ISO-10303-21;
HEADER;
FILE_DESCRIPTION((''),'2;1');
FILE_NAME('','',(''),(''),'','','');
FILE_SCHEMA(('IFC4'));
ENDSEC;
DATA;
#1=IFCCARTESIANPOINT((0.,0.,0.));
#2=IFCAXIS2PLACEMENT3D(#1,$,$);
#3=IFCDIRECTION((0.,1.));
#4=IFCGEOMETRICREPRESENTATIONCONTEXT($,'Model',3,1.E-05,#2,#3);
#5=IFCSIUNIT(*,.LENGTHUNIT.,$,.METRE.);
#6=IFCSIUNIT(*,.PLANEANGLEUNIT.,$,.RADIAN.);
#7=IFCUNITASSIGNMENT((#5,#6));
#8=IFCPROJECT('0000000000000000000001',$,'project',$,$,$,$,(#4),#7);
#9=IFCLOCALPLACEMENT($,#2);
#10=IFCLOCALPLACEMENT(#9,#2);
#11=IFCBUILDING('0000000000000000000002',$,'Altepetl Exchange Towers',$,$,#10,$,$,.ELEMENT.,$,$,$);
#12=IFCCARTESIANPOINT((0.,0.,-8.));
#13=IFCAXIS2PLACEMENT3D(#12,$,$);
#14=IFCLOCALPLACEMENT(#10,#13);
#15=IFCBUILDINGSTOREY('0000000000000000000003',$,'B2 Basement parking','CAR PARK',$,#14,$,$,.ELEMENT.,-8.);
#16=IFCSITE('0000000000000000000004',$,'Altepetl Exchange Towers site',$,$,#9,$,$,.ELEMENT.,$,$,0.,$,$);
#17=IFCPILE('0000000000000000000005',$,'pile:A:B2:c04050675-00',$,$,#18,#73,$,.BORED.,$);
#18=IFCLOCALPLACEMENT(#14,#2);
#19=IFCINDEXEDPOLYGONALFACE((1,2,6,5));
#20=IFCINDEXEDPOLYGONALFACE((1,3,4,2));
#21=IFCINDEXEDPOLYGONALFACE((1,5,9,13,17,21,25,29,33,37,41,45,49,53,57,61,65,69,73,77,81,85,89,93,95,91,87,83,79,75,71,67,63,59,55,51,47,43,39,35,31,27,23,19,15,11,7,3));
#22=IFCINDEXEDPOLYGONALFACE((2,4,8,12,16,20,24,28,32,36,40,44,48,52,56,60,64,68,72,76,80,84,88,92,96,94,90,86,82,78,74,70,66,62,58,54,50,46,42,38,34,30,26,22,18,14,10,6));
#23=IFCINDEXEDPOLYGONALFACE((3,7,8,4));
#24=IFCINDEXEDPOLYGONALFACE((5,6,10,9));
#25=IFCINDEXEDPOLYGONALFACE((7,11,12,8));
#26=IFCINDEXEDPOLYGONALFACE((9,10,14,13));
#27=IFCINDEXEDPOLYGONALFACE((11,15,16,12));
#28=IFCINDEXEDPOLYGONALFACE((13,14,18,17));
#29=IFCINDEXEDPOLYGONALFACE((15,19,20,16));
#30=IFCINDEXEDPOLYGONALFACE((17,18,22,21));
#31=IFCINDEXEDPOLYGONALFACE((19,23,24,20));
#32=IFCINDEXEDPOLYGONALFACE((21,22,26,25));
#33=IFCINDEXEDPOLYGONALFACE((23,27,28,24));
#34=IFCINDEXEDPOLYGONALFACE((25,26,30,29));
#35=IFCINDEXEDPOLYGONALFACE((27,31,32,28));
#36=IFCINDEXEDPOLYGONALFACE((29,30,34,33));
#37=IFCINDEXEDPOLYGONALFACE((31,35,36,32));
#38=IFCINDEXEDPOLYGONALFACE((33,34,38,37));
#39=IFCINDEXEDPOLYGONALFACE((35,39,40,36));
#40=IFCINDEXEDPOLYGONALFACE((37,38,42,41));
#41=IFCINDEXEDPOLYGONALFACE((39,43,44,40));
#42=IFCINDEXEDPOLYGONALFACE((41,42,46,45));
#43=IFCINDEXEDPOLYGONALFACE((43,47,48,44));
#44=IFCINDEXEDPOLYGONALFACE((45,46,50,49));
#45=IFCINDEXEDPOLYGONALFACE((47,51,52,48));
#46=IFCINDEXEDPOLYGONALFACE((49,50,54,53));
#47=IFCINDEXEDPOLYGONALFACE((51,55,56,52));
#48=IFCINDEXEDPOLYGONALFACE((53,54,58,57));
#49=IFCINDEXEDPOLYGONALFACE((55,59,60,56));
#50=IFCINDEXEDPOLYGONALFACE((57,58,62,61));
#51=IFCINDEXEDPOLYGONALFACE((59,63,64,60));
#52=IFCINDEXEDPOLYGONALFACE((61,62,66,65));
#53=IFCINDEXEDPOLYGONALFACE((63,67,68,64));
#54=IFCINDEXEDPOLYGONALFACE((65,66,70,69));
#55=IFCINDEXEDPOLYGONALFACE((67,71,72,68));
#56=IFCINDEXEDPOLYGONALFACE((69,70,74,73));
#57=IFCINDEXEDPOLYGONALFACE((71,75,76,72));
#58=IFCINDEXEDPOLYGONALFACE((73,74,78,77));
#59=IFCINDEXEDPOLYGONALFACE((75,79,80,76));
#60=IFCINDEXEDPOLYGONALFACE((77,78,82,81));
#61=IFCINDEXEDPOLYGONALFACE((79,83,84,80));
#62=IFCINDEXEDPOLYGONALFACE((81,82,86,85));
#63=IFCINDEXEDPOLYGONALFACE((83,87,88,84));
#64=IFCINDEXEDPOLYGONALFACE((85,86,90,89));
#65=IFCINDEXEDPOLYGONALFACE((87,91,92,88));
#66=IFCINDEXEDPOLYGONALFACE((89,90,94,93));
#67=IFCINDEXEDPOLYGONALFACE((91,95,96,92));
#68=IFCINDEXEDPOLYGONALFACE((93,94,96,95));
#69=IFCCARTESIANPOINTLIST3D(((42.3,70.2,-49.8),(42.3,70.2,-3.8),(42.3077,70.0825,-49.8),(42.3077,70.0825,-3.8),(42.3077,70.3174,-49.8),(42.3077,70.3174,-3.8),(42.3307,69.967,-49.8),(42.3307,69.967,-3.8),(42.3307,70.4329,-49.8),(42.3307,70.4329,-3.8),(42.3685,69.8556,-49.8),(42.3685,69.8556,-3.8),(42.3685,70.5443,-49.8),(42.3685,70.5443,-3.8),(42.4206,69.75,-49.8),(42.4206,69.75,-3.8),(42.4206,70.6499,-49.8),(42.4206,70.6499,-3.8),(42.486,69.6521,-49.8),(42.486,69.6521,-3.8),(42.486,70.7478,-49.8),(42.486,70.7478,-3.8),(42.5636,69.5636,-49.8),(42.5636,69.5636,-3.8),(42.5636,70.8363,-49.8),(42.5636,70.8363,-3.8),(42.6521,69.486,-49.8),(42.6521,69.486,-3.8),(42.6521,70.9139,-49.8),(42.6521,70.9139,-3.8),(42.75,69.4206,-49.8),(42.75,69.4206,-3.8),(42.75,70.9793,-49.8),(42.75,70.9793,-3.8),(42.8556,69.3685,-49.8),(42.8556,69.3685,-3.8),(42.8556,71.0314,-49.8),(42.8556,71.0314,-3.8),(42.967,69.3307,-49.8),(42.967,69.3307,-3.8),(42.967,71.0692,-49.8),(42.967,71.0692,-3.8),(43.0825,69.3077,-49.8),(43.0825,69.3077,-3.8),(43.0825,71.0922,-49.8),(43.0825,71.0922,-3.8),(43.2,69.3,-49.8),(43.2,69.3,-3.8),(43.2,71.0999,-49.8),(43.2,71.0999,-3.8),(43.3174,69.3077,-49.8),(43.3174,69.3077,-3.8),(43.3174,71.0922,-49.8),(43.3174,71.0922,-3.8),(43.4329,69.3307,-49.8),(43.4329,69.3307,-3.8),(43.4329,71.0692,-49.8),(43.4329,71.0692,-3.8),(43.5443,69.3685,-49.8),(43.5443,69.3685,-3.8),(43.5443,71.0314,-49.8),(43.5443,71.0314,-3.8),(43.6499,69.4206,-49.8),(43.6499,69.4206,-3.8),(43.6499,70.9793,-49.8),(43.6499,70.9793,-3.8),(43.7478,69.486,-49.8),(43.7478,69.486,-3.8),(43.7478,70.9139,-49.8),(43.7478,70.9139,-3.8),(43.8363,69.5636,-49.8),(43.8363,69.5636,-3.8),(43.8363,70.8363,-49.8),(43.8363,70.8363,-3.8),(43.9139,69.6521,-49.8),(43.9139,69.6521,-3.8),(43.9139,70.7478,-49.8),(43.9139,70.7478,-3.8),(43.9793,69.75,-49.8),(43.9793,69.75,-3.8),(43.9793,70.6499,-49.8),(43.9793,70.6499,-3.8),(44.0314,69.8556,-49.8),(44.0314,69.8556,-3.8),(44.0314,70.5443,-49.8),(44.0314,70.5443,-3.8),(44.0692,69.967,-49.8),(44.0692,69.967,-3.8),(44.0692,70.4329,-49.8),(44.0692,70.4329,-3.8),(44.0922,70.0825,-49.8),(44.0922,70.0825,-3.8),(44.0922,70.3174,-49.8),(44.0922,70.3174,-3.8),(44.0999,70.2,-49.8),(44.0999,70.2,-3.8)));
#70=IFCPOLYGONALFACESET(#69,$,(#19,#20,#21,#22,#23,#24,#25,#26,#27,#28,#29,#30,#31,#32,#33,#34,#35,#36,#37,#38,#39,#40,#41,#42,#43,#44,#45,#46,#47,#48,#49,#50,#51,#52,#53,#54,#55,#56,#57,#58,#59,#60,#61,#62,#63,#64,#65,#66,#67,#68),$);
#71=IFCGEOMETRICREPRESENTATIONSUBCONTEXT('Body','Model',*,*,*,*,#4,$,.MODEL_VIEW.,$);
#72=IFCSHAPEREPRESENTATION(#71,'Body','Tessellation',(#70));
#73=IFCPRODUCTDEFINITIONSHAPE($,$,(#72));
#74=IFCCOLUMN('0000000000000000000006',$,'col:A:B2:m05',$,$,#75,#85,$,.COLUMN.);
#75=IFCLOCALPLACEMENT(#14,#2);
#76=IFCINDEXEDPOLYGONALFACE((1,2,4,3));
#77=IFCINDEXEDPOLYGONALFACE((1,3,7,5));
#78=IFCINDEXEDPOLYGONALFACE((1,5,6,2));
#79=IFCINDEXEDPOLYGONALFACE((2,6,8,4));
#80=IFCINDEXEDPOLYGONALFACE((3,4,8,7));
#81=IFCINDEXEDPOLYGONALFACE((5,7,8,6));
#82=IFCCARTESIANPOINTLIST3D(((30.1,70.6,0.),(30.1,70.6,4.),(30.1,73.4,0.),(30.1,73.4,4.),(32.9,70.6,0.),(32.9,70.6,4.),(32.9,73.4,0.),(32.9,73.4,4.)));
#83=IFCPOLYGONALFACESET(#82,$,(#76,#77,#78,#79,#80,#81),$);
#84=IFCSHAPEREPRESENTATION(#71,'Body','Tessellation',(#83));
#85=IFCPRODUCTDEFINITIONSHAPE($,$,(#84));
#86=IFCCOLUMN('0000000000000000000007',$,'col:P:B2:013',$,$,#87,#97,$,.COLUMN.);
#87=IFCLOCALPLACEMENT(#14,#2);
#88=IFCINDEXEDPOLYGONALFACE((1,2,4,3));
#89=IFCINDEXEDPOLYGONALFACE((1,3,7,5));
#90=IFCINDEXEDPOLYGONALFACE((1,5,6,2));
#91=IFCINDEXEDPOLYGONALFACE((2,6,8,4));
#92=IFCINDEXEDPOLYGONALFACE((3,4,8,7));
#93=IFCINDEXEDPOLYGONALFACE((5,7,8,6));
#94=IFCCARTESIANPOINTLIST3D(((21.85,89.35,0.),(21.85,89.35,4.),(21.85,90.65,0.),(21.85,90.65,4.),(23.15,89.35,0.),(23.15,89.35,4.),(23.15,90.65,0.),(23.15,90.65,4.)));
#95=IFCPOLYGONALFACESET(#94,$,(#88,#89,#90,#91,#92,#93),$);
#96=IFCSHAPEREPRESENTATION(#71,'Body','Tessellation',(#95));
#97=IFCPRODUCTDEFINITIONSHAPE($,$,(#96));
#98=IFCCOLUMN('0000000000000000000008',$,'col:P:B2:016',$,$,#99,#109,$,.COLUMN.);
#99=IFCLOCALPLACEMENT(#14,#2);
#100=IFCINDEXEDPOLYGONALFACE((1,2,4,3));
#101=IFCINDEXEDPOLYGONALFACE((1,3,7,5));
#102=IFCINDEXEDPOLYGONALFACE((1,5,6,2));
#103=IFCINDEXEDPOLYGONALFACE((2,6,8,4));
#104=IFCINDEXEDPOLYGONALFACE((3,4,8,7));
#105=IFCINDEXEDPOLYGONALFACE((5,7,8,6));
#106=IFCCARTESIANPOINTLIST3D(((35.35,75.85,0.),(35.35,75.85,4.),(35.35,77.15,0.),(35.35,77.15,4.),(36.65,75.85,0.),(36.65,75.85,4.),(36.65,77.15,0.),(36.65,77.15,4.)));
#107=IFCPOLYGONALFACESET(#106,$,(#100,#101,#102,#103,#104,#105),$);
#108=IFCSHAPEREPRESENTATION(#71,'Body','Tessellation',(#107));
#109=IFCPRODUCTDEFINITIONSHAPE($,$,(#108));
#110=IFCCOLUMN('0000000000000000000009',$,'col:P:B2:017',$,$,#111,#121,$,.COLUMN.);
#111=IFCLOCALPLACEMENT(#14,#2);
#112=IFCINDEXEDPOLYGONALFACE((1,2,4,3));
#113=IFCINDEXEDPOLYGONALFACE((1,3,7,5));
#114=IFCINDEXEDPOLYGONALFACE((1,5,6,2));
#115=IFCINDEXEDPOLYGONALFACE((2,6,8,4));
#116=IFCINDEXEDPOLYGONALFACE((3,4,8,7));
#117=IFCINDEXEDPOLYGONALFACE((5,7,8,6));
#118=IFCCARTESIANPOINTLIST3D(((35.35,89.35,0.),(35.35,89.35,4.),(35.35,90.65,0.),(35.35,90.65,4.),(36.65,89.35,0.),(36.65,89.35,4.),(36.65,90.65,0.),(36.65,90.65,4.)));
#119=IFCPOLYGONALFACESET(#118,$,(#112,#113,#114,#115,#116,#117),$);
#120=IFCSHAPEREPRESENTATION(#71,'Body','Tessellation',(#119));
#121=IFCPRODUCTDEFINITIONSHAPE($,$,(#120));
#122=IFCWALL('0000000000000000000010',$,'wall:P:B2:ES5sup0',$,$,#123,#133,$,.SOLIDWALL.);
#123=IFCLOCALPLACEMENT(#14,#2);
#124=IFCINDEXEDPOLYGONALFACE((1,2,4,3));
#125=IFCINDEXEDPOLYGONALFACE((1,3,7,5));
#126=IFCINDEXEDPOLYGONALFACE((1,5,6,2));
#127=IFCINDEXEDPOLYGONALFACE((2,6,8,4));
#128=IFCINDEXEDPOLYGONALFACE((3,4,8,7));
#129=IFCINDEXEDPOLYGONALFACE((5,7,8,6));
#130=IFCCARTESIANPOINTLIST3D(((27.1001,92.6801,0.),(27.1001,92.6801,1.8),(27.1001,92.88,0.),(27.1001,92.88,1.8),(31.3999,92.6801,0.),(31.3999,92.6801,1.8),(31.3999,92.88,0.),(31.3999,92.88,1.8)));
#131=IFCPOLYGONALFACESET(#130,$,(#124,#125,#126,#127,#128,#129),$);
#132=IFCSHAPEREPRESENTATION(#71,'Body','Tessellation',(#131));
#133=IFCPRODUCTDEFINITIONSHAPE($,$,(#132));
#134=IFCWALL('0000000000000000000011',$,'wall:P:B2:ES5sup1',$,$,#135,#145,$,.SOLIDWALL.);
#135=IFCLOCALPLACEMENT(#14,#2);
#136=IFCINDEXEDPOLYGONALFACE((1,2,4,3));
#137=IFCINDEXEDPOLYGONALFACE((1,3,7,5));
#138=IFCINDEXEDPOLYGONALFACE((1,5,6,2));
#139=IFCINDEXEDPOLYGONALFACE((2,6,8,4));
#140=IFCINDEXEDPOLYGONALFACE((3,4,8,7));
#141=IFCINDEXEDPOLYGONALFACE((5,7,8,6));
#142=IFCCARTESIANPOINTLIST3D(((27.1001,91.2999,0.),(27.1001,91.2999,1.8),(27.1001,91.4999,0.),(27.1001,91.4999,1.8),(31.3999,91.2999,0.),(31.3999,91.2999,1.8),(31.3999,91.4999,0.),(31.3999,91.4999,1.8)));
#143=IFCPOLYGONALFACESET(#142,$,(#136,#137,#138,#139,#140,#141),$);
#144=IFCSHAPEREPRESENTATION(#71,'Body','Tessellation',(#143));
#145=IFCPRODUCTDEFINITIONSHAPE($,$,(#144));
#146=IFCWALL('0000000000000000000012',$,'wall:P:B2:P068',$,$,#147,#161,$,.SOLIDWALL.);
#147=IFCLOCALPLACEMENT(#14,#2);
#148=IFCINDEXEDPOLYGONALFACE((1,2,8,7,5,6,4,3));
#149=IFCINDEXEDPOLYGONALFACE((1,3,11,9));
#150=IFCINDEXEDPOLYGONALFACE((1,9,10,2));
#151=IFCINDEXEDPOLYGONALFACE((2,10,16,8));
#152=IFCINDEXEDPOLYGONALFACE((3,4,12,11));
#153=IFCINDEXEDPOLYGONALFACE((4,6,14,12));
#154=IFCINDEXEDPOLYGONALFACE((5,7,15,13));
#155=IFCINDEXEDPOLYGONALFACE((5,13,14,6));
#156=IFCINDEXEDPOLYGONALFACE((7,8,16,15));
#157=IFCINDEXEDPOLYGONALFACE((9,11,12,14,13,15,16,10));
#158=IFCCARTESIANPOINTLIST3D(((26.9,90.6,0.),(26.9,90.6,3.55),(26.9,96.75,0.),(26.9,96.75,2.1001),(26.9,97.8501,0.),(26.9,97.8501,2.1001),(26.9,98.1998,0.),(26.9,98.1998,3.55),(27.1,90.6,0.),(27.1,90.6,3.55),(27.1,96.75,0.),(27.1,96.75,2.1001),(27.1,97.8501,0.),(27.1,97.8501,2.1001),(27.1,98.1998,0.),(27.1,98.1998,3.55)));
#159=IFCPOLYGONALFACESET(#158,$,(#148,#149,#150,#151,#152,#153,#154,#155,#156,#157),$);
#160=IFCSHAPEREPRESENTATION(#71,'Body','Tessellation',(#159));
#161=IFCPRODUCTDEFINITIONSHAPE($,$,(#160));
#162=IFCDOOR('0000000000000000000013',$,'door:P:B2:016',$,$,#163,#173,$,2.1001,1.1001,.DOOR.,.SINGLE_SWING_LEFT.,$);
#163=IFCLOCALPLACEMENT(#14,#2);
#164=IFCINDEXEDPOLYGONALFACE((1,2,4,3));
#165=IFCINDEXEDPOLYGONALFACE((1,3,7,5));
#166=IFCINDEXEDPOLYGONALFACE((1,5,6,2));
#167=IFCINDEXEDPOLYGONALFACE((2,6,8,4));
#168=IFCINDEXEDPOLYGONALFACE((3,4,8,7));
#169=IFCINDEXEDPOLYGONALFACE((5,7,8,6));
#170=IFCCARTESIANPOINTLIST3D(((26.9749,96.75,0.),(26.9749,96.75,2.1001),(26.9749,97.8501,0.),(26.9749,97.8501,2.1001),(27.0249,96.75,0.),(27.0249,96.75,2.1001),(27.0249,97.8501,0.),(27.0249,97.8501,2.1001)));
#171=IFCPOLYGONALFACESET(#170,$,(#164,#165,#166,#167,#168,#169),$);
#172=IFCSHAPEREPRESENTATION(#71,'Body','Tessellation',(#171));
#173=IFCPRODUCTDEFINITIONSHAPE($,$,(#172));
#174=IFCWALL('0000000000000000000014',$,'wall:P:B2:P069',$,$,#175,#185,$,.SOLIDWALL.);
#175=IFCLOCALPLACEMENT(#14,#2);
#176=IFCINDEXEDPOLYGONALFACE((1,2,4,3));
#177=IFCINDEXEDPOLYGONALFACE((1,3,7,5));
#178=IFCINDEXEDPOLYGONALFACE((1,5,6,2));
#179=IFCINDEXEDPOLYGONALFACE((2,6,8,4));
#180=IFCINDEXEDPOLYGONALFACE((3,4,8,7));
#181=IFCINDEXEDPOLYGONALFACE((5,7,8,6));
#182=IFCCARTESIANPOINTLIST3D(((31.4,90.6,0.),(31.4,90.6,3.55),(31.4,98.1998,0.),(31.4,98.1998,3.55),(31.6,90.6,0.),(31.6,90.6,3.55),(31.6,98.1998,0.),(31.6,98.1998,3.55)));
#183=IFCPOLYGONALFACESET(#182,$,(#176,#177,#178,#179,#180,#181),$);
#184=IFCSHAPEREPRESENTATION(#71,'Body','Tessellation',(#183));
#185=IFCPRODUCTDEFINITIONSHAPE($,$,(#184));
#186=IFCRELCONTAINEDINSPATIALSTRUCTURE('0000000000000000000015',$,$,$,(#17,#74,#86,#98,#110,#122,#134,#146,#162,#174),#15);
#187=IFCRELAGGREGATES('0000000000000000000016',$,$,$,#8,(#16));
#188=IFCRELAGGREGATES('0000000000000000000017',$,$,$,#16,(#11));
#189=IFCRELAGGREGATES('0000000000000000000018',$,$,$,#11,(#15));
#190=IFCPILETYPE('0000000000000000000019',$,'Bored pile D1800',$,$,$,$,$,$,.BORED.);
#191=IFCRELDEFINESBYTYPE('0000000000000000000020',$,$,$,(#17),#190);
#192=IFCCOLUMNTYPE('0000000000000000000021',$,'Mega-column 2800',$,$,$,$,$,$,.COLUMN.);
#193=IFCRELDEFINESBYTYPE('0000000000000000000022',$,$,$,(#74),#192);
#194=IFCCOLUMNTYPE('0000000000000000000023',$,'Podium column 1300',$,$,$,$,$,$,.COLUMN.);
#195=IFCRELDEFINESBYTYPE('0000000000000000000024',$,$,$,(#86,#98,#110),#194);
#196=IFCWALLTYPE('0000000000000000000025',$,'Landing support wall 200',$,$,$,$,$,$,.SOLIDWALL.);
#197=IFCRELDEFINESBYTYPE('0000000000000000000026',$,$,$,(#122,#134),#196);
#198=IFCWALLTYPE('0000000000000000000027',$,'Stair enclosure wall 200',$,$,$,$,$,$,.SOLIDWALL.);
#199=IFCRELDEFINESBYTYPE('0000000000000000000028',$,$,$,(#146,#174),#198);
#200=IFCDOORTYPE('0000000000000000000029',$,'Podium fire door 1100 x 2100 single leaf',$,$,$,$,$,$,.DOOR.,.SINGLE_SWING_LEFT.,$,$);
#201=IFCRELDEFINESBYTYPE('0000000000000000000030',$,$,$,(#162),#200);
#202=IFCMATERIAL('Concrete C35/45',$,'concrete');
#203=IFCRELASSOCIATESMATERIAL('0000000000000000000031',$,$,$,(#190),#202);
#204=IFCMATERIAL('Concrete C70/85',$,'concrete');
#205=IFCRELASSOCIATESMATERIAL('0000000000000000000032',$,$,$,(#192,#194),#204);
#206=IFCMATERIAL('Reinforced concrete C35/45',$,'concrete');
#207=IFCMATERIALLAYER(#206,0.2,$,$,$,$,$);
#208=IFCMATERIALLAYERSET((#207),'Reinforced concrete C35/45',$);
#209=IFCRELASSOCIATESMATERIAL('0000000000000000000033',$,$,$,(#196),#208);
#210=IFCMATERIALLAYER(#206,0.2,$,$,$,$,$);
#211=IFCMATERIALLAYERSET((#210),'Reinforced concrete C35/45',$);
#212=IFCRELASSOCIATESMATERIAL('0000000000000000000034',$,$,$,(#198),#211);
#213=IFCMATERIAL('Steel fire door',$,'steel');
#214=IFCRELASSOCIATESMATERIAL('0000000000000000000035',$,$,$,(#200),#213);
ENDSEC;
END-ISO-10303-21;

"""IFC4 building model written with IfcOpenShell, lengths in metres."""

from ifc_helpers import new_model, si_unit, direction, frame, frame_2d, origin, origin_2d, place, context, subcontext, project, spatial, rectangle, circle, extrude, material, layer, layer_set, material_profile, profile_set, type_object, element, fill, save


model = new_model("IFC4")

# Units and contexts
model_context = context("Model", 3, precision=1e-05, world=origin(), true_north=direction((0.0, 1.0)))
body_context = subcontext(model_context, "Body", "Model", "MODEL_VIEW")
ifc_project = project(units=[si_unit("LENGTHUNIT", "METRE"), si_unit("PLANEANGLEUNIT", "RADIAN")], contexts=[model_context])

# Site, building, storey
site_placement = place(None, origin())
site = spatial("IfcSite", under=ifc_project, at=site_placement, Name="Altepetl Exchange Towers site", CompositionType="ELEMENT", RefElevation=0.0)
building_placement = place(site_placement, origin())
building = spatial("IfcBuilding", under=site, at=building_placement, Name="Altepetl Exchange Towers", CompositionType="ELEMENT")
storey_placement = place(building_placement, frame((0.0, 0.0, -8.0)))
storey = spatial("IfcBuildingStorey", under=building, at=storey_placement, Name="B2 Basement parking", Description="CAR PARK", CompositionType="ELEMENT", Elevation=-8.0)

# Pile
ifc_material_1 = material(Name="Concrete C35/45", Category="concrete")
ifc_material_profile_1 = material_profile(ifc_material_1, circle(Radius=0.8999, at=origin_2d()), Name="D1800")
ifc_profile_set_1 = profile_set([ifc_material_profile_1], Name="Concrete C35/45")
pile_type_1 = type_object("IfcPileType", Name="Bored pile D1800", PredefinedType="BORED", material=ifc_profile_set_1)
for number, where, z_axis, x_axis, name in (
    (1, (43.2, 70.2, -3.8), (0.0, 0.0, -1.0), (1.0, 0.0, 0.0), "pile:A:B2:c04050675-00"),
):
    element("IfcPile", number, at=place(storey_placement, frame(where, z_axis=z_axis, x_axis=x_axis)), inside=storey, type_object=pile_type_1, Name=name, PredefinedType="BORED", context=body_context, shape_type="SweptSolid", body=[
        extrude(circle(Radius=0.8999, at=origin_2d()), origin(), (0.0, 0.0, 1.0), 46.0),
    ])

# Columns
ifc_material_2 = material(Name="Concrete C70/85", Category="concrete")
ifc_material_profile_2 = material_profile(ifc_material_2, rectangle(XDim=2.8, YDim=2.8, at=origin_2d()), Name="2800 x 2800")
ifc_profile_set_2 = profile_set([ifc_material_profile_2], Name="Concrete C70/85")
column_type_1 = type_object("IfcColumnType", Name="Mega-column 2800", PredefinedType="COLUMN", material=ifc_profile_set_2)
column_placement = place(storey_placement, frame((31.5, 72.0, 0.0)))
element("IfcColumn", 2, at=column_placement, inside=storey, type_object=column_type_1, Name="col:A:B2:m05", PredefinedType="COLUMN", context=body_context, shape_type="SweptSolid", body=[
    extrude(rectangle(XDim=2.8, YDim=2.8, at=origin_2d()), origin(), (0.0, 0.0, 1.0), 4.0),
])
ifc_material_profile_3 = material_profile(ifc_material_2, rectangle(XDim=1.3, YDim=1.3, at=origin_2d()), Name="1300 x 1300")
ifc_profile_set_3 = profile_set([ifc_material_profile_3], Name="Concrete C70/85")
column_type_2 = type_object("IfcColumnType", Name="Podium column 1300", PredefinedType="COLUMN", material=ifc_profile_set_3)
for number, where, name in (
    (3, (22.5, 90.0, 0.0), "col:P:B2:013"),
    (4, (36.0, 76.5, 0.0), "col:P:B2:016"),
    (5, (36.0, 90.0, 0.0), "col:P:B2:017"),
):
    element("IfcColumn", number, at=place(storey_placement, frame(where)), inside=storey, type_object=column_type_2, Name=name, PredefinedType="COLUMN", context=body_context, shape_type="SweptSolid", body=[
        extrude(rectangle(XDim=1.3, YDim=1.3, at=origin_2d()), origin(), (0.0, 0.0, 1.0), 4.0),
    ])

# Walls
ifc_material_3 = material(Name="Reinforced concrete C35/45", Category="concrete")
ifc_layer_1 = layer(ifc_material_3, 0.2)
ifc_layer_set_1 = layer_set([ifc_layer_1], Name="Reinforced concrete C35/45")
wall_type_1 = type_object("IfcWallType", Name="Landing support wall 200", PredefinedType="SOLIDWALL", material=ifc_layer_set_1)
for number, where, z_axis, x_axis, name in (
    (6, (31.3999, 92.78, 0.0), (0.0, 0.0, 1.0), (-1.0, 0.0, 0.0), "wall:P:B2:ES5sup0"),
    (7, (31.3999, 91.3999, 0.0), (0.0, 0.0, 1.0), (-1.0, 0.0, 0.0), "wall:P:B2:ES5sup1"),
):
    element("IfcWall", number, at=place(storey_placement, frame(where, z_axis=z_axis, x_axis=x_axis)), inside=storey, type_object=wall_type_1, Name=name, PredefinedType="SOLIDWALL", context=body_context, shape_type="SweptSolid", body=[
        extrude(rectangle(XDim=4.2998, YDim=0.2, at=frame_2d((2.1499, 0.0))), origin(), (0.0, 0.0, 1.0), 1.8),
    ])

# Wall, opening, door
ifc_layer_2 = layer(ifc_material_3, 0.2)
ifc_layer_set_2 = layer_set([ifc_layer_2], Name="Reinforced concrete C35/45")
wall_type_2 = type_object("IfcWallType", Name="Stair enclosure wall 200", PredefinedType="SOLIDWALL", material=ifc_layer_set_2)
wall_1_placement = place(storey_placement, frame((27.0, 90.6001, 0.0), z_axis=(0.0, 0.0, 1.0), x_axis=(0.0, 1.0, 0.0)))
wall_1 = element("IfcWall", 8, at=wall_1_placement, inside=storey, type_object=wall_type_2, Name="wall:P:B2:P068", PredefinedType="SOLIDWALL", context=body_context, shape_type="SweptSolid", body=[
    extrude(rectangle(XDim=7.5999, YDim=0.2, at=frame_2d((3.7998, 0.0))), origin(), (0.0, 0.0, 1.0), 3.55),
])
opening_placement = place(wall_1_placement, frame((6.1499, 0.0, 0.0)))
opening = element("IfcOpeningElement", 9, at=opening_placement, cuts=wall_1, PredefinedType="OPENING", context=body_context, shape_type="SweptSolid", body=[
    extrude(rectangle(XDim=1.1001, YDim=2.1001, at=frame_2d((0.55, 1.05))), frame((0.0, 0.1099, 0.0), z_axis=(0.0, -1.0, 0.0), x_axis=(1.0, 0.0, 0.0)), (0.0, 0.0, 1.0), 0.22),
])
ifc_material_4 = material(Name="Steel fire door", Category="steel")
door_type = type_object("IfcDoorType", Name="Podium fire door 1100 x 2100 single leaf", OperationType="SINGLE_SWING_LEFT", PredefinedType="DOOR", material=ifc_material_4)
door_placement = place(opening_placement, frame((1.1001, 0.0, 0.0), x_axis=(-1.0, 0.0, 0.0)))
door = element("IfcDoor", 10, at=door_placement, inside=storey, type_object=door_type, Name="door:P:B2:016", OperationType="SINGLE_SWING_LEFT", OverallHeight=2.1001, OverallWidth=1.1001, PredefinedType="DOOR", context=body_context, shape_type="SweptSolid", body=[
    extrude(rectangle(XDim=1.1001, YDim=2.1001, at=frame_2d((0.55, 1.05))), frame((0.0, 0.0249, 0.0), z_axis=(0.0, -1.0, 0.0), x_axis=(1.0, 0.0, 0.0)), (0.0, 0.0, 1.0), 0.05),
])
fill(opening, door)

# Wall
wall_2_placement = place(storey_placement, frame((31.5, 90.6001, 0.0), z_axis=(0.0, 0.0, 1.0), x_axis=(0.0, 1.0, 0.0)))
element("IfcWall", 11, at=wall_2_placement, inside=storey, type_object=wall_type_2, Name="wall:P:B2:P069", PredefinedType="SOLIDWALL", context=body_context, shape_type="SweptSolid", body=[
    extrude(rectangle(XDim=7.5999, YDim=0.2, at=frame_2d((3.7998, 0.0))), origin(), (0.0, 0.0, 1.0), 3.55),
])

save(model, "model.ifc")
